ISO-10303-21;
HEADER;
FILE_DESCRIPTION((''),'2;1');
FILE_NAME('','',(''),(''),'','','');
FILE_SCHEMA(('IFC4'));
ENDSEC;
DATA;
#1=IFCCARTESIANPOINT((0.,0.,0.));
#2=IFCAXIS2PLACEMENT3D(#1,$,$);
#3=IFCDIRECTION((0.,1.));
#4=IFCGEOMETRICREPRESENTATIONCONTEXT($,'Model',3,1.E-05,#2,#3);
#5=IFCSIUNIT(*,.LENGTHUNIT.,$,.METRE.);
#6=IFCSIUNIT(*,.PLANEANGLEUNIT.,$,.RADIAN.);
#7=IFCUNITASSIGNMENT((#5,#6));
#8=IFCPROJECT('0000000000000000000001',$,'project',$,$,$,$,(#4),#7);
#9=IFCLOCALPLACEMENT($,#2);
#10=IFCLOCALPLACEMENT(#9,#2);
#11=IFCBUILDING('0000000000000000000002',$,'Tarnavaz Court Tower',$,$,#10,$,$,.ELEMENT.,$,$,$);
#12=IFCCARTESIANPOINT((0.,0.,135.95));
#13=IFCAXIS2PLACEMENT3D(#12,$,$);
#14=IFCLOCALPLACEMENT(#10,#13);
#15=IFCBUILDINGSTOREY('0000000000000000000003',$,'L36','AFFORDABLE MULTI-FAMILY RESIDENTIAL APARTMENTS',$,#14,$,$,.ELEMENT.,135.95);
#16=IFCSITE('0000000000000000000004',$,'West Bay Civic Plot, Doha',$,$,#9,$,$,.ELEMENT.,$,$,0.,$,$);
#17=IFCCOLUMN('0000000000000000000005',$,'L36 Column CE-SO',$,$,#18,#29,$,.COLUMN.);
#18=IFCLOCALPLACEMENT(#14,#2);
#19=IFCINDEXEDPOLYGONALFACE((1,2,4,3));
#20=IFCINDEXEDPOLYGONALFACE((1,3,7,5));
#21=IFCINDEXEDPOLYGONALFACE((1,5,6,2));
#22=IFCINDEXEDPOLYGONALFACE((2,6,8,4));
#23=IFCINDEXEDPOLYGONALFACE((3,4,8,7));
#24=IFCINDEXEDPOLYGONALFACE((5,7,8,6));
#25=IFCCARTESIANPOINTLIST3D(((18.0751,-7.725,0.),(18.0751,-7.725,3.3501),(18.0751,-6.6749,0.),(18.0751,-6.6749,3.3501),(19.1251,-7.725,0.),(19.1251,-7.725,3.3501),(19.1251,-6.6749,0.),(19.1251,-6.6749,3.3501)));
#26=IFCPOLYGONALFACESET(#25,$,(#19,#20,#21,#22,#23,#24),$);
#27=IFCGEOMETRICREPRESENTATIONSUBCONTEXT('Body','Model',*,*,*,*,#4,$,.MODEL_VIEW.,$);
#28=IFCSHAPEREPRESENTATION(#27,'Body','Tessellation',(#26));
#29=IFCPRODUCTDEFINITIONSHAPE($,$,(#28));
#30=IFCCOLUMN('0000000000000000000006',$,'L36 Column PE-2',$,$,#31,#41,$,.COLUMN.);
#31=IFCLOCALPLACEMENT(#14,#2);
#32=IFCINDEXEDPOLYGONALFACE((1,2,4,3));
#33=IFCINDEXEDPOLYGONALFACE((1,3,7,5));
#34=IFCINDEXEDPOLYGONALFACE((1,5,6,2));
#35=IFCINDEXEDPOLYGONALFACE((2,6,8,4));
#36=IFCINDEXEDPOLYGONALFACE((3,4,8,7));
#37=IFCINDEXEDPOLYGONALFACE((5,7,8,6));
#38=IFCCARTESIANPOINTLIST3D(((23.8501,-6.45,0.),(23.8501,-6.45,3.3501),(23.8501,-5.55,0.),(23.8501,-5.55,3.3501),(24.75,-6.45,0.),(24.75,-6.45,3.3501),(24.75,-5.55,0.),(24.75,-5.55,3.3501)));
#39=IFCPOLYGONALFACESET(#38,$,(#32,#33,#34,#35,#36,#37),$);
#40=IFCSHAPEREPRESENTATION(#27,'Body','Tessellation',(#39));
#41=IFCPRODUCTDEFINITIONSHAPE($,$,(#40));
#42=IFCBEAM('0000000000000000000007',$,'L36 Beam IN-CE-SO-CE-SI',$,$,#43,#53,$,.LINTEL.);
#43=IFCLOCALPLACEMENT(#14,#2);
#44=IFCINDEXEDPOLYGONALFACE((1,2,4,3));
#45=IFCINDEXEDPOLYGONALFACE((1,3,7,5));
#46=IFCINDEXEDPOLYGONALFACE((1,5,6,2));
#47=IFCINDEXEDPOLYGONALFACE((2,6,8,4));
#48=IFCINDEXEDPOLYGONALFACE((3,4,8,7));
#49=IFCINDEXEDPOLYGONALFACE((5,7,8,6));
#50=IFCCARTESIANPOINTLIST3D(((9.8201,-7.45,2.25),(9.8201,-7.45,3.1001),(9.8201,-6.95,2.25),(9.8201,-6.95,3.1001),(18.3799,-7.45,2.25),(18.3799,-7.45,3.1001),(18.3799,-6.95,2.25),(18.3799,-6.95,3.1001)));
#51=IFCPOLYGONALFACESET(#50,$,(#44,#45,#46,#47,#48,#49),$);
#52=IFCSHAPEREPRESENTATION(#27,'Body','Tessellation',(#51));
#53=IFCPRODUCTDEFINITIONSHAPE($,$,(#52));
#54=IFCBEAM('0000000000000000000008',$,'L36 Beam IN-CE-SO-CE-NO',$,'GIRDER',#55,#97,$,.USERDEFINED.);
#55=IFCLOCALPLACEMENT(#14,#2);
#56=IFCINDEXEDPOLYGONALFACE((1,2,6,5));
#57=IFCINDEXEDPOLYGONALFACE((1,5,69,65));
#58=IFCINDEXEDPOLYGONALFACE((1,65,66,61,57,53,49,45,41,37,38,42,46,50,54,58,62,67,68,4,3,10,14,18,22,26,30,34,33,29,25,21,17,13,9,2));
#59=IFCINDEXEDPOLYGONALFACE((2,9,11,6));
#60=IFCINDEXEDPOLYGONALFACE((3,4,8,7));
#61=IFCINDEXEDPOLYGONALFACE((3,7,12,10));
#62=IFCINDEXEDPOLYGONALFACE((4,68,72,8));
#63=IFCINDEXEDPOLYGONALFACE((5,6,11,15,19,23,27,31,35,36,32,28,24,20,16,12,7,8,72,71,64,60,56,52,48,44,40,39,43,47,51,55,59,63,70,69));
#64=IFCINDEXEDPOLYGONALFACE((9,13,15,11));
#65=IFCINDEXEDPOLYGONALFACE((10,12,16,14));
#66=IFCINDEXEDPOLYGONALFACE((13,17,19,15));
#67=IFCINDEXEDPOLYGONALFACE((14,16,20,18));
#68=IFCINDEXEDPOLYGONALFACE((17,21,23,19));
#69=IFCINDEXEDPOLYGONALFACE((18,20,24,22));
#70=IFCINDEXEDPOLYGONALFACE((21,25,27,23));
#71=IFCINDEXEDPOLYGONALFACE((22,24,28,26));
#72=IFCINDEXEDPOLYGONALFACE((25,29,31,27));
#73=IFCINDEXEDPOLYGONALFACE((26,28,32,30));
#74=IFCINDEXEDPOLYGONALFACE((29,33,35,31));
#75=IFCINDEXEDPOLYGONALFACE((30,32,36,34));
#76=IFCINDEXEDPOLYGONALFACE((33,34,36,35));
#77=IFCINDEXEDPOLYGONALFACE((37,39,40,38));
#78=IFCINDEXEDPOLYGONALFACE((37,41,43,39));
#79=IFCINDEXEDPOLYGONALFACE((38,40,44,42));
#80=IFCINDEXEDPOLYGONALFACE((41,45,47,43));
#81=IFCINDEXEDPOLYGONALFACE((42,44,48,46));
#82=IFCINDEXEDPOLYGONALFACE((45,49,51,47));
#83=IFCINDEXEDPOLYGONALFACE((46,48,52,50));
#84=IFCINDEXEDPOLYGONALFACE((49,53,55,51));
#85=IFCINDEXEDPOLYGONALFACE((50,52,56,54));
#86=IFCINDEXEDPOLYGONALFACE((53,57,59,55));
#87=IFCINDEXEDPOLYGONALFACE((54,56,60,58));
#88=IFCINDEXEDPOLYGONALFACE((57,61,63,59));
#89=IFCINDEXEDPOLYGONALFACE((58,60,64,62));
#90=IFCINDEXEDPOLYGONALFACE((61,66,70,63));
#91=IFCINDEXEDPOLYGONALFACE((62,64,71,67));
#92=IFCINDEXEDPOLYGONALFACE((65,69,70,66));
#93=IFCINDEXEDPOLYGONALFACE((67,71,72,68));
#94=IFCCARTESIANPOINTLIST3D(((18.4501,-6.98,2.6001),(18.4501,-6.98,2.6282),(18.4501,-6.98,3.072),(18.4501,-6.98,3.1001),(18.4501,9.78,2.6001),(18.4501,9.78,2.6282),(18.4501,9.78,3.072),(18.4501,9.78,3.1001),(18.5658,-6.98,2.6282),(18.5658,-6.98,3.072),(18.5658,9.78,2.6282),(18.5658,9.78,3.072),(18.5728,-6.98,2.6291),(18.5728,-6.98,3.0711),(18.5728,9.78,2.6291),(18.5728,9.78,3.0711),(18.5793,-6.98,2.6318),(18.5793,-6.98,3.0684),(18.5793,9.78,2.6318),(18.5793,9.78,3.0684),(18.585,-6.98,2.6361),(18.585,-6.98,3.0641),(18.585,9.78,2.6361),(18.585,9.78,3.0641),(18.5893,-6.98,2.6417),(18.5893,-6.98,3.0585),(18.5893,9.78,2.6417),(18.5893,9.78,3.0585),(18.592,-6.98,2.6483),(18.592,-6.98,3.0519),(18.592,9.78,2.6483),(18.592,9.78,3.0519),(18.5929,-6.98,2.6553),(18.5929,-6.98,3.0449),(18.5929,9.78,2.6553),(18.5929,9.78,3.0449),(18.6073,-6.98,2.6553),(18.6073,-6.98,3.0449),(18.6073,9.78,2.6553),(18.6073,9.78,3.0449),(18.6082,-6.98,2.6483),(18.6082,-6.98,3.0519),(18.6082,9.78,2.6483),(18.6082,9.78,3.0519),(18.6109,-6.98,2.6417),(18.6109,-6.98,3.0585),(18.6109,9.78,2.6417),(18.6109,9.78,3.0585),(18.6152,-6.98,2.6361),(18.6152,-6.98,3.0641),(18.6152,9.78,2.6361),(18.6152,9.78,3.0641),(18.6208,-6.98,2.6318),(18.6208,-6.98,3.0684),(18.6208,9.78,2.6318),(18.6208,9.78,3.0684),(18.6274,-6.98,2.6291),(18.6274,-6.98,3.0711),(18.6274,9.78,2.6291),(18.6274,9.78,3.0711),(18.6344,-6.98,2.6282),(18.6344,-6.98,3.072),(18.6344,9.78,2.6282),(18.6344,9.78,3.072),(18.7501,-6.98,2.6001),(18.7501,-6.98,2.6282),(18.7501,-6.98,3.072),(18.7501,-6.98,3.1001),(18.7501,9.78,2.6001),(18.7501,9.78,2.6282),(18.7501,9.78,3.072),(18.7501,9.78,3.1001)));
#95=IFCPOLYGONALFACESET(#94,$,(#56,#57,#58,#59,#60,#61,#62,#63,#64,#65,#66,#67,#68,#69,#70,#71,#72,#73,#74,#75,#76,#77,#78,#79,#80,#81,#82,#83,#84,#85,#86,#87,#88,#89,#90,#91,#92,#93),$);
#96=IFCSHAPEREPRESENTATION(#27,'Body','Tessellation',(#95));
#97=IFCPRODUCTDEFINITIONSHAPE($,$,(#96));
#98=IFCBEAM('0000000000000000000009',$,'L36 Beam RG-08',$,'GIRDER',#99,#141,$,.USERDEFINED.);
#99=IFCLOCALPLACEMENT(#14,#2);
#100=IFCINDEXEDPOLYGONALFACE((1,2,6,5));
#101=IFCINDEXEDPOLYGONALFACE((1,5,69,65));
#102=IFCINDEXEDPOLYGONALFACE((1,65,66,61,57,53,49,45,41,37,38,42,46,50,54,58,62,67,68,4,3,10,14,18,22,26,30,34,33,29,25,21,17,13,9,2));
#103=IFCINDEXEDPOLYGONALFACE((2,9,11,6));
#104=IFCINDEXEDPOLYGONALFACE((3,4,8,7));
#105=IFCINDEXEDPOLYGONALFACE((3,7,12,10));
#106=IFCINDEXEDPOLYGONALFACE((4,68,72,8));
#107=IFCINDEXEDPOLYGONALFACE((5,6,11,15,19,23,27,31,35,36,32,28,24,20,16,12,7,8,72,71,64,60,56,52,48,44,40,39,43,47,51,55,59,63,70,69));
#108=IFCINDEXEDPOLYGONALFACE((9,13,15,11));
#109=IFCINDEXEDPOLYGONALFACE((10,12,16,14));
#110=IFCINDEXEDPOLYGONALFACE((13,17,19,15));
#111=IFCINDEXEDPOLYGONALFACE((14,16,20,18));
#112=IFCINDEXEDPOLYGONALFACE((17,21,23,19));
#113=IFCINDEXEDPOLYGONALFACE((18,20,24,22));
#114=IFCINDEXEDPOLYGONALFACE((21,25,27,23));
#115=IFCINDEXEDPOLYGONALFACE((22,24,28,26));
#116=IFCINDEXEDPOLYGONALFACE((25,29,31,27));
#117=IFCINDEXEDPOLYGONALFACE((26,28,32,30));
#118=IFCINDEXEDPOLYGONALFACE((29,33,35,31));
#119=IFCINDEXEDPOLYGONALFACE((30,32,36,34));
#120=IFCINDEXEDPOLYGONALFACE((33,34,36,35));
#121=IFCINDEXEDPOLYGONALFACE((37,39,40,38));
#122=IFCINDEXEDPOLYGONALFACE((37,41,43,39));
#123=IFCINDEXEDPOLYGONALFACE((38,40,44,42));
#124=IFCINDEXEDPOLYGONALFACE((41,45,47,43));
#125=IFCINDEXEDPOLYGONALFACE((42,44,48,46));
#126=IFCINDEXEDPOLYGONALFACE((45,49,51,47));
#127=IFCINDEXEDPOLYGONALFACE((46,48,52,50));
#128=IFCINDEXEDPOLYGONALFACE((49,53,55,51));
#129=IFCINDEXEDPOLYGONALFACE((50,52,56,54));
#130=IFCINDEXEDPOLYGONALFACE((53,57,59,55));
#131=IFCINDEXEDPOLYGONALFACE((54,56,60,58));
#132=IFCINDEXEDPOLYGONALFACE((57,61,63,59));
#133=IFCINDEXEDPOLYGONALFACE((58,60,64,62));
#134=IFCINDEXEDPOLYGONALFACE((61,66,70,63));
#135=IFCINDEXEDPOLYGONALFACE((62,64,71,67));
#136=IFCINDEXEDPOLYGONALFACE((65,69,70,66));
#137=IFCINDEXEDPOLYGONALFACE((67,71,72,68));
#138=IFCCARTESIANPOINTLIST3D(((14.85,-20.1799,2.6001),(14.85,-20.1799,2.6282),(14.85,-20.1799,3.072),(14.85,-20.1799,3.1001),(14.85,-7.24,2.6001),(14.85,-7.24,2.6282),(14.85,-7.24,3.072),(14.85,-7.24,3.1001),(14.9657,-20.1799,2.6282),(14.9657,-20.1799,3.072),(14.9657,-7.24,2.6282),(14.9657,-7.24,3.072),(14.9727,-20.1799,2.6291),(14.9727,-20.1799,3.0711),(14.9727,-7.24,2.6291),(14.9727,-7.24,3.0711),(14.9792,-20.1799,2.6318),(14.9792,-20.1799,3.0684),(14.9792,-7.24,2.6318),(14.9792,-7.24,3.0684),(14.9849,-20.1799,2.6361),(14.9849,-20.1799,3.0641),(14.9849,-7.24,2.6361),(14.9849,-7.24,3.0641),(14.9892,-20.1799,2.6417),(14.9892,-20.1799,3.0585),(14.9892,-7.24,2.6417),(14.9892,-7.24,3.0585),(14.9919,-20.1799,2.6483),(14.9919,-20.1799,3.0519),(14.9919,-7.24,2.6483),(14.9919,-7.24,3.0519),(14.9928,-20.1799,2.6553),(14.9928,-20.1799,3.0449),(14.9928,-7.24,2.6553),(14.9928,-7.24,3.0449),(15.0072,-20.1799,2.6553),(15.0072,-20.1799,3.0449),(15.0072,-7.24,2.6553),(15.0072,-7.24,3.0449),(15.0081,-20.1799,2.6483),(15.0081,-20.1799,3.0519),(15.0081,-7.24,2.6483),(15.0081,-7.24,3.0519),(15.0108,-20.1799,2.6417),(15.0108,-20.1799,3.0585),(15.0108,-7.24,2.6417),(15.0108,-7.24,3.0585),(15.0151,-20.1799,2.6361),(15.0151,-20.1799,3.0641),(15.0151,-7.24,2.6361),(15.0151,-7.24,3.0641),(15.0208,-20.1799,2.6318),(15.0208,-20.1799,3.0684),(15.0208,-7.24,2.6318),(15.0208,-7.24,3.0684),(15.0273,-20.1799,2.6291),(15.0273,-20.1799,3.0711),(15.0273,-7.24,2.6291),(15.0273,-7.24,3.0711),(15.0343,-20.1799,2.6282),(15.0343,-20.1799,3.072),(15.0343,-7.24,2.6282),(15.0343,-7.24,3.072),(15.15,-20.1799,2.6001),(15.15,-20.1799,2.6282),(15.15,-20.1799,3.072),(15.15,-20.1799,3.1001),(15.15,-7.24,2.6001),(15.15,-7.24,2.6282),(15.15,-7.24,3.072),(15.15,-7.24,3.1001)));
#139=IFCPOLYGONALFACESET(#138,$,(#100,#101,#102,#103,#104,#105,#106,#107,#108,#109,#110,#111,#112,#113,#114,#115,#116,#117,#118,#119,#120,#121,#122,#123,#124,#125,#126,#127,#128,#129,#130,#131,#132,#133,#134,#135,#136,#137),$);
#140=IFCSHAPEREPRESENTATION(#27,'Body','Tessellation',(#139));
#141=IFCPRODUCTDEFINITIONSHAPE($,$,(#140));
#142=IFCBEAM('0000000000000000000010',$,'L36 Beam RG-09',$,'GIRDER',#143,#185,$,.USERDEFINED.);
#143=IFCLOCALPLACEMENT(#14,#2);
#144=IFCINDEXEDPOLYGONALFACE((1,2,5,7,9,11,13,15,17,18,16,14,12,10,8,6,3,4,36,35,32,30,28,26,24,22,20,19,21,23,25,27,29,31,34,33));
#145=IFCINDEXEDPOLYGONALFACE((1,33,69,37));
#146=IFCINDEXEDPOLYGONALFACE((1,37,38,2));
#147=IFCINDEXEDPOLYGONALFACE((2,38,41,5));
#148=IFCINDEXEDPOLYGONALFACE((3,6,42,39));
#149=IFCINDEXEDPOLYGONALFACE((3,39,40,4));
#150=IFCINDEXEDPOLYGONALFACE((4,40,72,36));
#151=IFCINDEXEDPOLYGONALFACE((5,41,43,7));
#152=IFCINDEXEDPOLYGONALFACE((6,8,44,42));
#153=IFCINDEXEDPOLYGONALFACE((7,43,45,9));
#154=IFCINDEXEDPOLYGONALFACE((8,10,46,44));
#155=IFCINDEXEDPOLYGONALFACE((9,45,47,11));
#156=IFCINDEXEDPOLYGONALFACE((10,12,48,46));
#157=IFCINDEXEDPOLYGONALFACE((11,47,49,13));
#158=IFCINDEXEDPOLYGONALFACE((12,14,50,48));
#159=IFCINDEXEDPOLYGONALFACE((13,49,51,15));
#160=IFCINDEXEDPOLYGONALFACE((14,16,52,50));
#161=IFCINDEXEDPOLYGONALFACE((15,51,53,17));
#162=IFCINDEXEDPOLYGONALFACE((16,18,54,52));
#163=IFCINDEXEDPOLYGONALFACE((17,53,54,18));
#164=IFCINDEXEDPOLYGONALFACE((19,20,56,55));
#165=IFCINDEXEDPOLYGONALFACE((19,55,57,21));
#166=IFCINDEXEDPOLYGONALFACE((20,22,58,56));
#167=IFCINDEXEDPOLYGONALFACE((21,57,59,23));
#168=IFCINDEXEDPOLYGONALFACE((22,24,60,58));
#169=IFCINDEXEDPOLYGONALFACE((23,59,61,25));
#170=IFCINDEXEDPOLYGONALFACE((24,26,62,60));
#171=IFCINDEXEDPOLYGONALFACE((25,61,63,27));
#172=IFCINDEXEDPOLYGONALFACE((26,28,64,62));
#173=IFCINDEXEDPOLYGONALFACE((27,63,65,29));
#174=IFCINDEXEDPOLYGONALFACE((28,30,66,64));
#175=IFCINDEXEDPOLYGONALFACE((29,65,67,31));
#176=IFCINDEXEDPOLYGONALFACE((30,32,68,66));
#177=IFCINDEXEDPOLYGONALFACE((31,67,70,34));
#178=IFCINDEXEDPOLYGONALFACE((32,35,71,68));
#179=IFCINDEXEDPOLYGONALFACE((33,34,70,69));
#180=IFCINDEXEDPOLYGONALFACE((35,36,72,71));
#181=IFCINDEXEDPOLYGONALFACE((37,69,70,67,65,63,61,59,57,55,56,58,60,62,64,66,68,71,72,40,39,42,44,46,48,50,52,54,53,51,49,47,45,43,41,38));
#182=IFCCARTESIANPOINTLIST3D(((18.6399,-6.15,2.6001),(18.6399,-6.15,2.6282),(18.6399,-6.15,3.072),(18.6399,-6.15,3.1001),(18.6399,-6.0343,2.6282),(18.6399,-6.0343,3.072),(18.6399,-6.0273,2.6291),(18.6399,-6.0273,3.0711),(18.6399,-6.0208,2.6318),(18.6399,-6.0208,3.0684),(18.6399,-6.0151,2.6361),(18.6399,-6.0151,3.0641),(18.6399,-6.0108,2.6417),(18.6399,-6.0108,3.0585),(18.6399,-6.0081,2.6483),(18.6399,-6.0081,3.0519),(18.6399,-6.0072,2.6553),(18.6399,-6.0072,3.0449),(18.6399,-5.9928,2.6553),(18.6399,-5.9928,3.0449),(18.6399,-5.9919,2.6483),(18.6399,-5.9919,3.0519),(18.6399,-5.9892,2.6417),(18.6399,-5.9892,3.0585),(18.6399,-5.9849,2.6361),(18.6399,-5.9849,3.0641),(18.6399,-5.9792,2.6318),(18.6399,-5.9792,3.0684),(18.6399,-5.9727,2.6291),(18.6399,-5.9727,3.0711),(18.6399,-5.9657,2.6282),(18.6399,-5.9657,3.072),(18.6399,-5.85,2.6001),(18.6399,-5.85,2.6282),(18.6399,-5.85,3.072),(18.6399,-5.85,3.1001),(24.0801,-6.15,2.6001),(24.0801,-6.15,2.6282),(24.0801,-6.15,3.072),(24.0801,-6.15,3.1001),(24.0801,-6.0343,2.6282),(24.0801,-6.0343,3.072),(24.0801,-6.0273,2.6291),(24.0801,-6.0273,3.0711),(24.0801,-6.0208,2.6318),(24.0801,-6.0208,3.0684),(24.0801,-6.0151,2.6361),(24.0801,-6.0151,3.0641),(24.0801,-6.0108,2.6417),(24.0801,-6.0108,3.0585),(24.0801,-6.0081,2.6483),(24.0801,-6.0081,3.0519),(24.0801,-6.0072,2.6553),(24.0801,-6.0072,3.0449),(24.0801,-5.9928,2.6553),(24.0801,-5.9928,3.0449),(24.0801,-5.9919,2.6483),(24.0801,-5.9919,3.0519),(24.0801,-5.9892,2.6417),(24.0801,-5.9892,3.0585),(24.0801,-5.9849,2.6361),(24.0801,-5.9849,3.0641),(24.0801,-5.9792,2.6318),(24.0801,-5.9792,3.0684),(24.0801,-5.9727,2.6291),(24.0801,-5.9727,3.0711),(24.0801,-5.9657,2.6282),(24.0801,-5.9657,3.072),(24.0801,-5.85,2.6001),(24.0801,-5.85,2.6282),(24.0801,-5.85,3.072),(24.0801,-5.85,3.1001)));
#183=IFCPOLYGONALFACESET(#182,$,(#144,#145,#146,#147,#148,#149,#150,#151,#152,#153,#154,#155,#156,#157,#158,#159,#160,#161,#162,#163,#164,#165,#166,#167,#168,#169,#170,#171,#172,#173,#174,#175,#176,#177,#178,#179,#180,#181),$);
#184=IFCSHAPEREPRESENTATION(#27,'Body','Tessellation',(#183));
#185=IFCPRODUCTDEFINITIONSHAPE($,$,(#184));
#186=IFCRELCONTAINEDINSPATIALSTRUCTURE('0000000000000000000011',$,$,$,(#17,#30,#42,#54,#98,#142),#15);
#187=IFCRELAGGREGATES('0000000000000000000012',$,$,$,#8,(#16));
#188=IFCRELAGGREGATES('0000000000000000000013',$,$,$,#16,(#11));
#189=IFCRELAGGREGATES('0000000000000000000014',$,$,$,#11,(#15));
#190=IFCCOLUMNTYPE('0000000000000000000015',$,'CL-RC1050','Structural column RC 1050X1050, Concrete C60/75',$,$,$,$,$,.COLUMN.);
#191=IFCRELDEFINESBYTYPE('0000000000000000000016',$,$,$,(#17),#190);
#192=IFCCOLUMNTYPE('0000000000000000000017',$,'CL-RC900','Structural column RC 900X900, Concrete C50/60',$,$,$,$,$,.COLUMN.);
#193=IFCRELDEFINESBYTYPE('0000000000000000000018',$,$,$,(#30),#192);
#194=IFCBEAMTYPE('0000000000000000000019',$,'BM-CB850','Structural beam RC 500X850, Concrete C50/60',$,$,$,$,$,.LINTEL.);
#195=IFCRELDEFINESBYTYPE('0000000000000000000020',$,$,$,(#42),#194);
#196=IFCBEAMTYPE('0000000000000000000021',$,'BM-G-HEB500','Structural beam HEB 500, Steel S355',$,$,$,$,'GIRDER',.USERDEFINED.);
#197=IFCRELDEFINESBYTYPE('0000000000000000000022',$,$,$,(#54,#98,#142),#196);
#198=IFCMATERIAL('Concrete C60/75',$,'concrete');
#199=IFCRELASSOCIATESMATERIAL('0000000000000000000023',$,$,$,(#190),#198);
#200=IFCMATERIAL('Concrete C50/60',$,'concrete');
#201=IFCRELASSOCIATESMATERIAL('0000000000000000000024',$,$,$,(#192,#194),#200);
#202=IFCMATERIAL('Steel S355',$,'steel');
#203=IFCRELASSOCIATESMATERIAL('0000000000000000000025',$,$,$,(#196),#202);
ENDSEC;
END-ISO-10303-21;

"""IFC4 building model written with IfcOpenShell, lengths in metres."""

from ifc_helpers import new_model, si_unit, direction, frame, origin, origin_2d, place, context, subcontext, project, spatial, rectangle, i_section, extrude, material, material_profile, profile_set, type_object, element, save


model = new_model("IFC4")

# Units and contexts
model_context = context("Model", 3, precision=1e-05, world=origin(), true_north=direction((0.0, 1.0)))
body_context = subcontext(model_context, "Body", "Model", "MODEL_VIEW")
ifc_project = project(units=[si_unit("LENGTHUNIT", "METRE"), si_unit("PLANEANGLEUNIT", "RADIAN")], contexts=[model_context])

# Site, building, storey
site_placement = place(None, origin())
site = spatial("IfcSite", under=ifc_project, at=site_placement, Name="West Bay Civic Plot, Doha", CompositionType="ELEMENT", RefElevation=0.0)
building_placement = place(site_placement, origin())
building = spatial("IfcBuilding", under=site, at=building_placement, Name="Tarnavaz Court Tower", CompositionType="ELEMENT")
storey_placement = place(building_placement, frame((0.0, 0.0, 135.95)))
storey = spatial("IfcBuildingStorey", under=building, at=storey_placement, Name="L36", Description="AFFORDABLE MULTI-FAMILY RESIDENTIAL APARTMENTS", CompositionType="ELEMENT", Elevation=135.95)

# Columns
ifc_material_1 = material(Name="Concrete C60/75", Category="concrete")
ifc_material_profile_1 = material_profile(ifc_material_1, rectangle(XDim=1.05, YDim=1.05, at=origin_2d()), Name="RC 1050X1050")
ifc_profile_set_1 = profile_set([ifc_material_profile_1], Name="Concrete C60/75")
column_type_1 = type_object("IfcColumnType", Name="CL-RC1050", Description="Structural column RC 1050X1050, Concrete C60/75", PredefinedType="COLUMN", material=ifc_profile_set_1)
column_1_placement = place(storey_placement, frame((18.6001, -7.2, 0.0), z_axis=(0.0, 0.0, 1.0), x_axis=(1.0, 0.0, 0.0)))
element("IfcColumn", 1, at=column_1_placement, inside=storey, type_object=column_type_1, Name="L36 Column CE-SO", PredefinedType="COLUMN", context=body_context, shape_type="SweptSolid", body=[
    extrude(rectangle(XDim=1.05, YDim=1.05, at=origin_2d()), origin(), (0.0, 0.0, 1.0), 3.3501),
])
ifc_material_2 = material(Name="Concrete C50/60", Category="concrete")
ifc_material_profile_2 = material_profile(ifc_material_2, rectangle(XDim=0.8999, YDim=0.8999, at=origin_2d()), Name="RC 900X900")
ifc_profile_set_2 = profile_set([ifc_material_profile_2], Name="Concrete C50/60")
column_type_2 = type_object("IfcColumnType", Name="CL-RC900", Description="Structural column RC 900X900, Concrete C50/60", PredefinedType="COLUMN", material=ifc_profile_set_2)
column_2_placement = place(storey_placement, frame((24.3, -6.0, 0.0), z_axis=(0.0, 0.0, 1.0), x_axis=(1.0, 0.0, 0.0)))
element("IfcColumn", 2, at=column_2_placement, inside=storey, type_object=column_type_2, Name="L36 Column PE-2", PredefinedType="COLUMN", context=body_context, shape_type="SweptSolid", body=[
    extrude(rectangle(XDim=0.8999, YDim=0.8999, at=origin_2d()), origin(), (0.0, 0.0, 1.0), 3.3501),
])

# Beams
ifc_material_profile_3 = material_profile(ifc_material_2, rectangle(XDim=0.5, YDim=0.8501, at=origin_2d()), Name="RC 500X850")
ifc_profile_set_3 = profile_set([ifc_material_profile_3], Name="Concrete C50/60")
beam_type_1 = type_object("IfcBeamType", Name="BM-CB850", Description="Structural beam RC 500X850, Concrete C50/60", PredefinedType="LINTEL", material=ifc_profile_set_3)
beam_1_placement = place(storey_placement, frame((18.3799, -7.2, 2.675), z_axis=(-1.0, 0.0, 0.0), x_axis=(0.0, -1.0, 0.0)))
element("IfcBeam", 3, at=beam_1_placement, inside=storey, type_object=beam_type_1, Name="L36 Beam IN-CE-SO-CE-SI", PredefinedType="LINTEL", context=body_context, shape_type="SweptSolid", body=[
    extrude(rectangle(XDim=0.5, YDim=0.8501, at=origin_2d()), origin(), (0.0, 0.0, 1.0), 8.5598),
])
ifc_material_3 = material(Name="Steel S355", Category="steel")
ifc_material_profile_4 = material_profile(ifc_material_3, i_section(OverallWidth=0.3, OverallDepth=0.5, WebThickness=0.0144, FlangeThickness=0.0281, FilletRadius=0.0271, at=origin_2d()), Name="HEB 500")
ifc_profile_set_4 = profile_set([ifc_material_profile_4], Name="Steel S355")
beam_type_2 = type_object("IfcBeamType", Name="BM-G-HEB500", Description="Structural beam HEB 500, Steel S355", ElementType="GIRDER", PredefinedType="USERDEFINED", material=ifc_profile_set_4)
beam_2_placement = place(storey_placement, frame((18.6001, -6.98, 2.8501), z_axis=(0.0, 1.0, 0.0), x_axis=(-1.0, 0.0, 0.0)))
element("IfcBeam", 4, at=beam_2_placement, inside=storey, type_object=beam_type_2, Name="L36 Beam IN-CE-SO-CE-NO", ObjectType="GIRDER", PredefinedType="USERDEFINED", context=body_context, shape_type="SweptSolid", body=[
    extrude(i_section(OverallWidth=0.3, OverallDepth=0.5, WebThickness=0.0144, FlangeThickness=0.0281, FilletRadius=0.0271, at=origin_2d()), origin(), (0.0, 0.0, 1.0), 16.76),
])
beam_3_placement = place(storey_placement, frame((15.0, -7.24, 2.8501), z_axis=(0.0, -1.0, 0.0), x_axis=(1.0, 0.0, 0.0)))
element("IfcBeam", 5, at=beam_3_placement, inside=storey, type_object=beam_type_2, Name="L36 Beam RG-08", ObjectType="GIRDER", PredefinedType="USERDEFINED", context=body_context, shape_type="SweptSolid", body=[
    extrude(i_section(OverallWidth=0.3, OverallDepth=0.5, WebThickness=0.0144, FlangeThickness=0.0281, FilletRadius=0.0271, at=origin_2d()), origin(), (0.0, 0.0, 1.0), 12.9399),
])
beam_4_placement = place(storey_placement, frame((18.6399, -6.0, 2.8501), z_axis=(1.0, 0.0, 0.0), x_axis=(0.0, 1.0, 0.0)))
element("IfcBeam", 6, at=beam_4_placement, inside=storey, type_object=beam_type_2, Name="L36 Beam RG-09", ObjectType="GIRDER", PredefinedType="USERDEFINED", context=body_context, shape_type="SweptSolid", body=[
    extrude(i_section(OverallWidth=0.3, OverallDepth=0.5, WebThickness=0.0144, FlangeThickness=0.0281, FilletRadius=0.0271, at=origin_2d()), origin(), (0.0, 0.0, 1.0), 5.4402),
])

save(model, "model.ifc")
